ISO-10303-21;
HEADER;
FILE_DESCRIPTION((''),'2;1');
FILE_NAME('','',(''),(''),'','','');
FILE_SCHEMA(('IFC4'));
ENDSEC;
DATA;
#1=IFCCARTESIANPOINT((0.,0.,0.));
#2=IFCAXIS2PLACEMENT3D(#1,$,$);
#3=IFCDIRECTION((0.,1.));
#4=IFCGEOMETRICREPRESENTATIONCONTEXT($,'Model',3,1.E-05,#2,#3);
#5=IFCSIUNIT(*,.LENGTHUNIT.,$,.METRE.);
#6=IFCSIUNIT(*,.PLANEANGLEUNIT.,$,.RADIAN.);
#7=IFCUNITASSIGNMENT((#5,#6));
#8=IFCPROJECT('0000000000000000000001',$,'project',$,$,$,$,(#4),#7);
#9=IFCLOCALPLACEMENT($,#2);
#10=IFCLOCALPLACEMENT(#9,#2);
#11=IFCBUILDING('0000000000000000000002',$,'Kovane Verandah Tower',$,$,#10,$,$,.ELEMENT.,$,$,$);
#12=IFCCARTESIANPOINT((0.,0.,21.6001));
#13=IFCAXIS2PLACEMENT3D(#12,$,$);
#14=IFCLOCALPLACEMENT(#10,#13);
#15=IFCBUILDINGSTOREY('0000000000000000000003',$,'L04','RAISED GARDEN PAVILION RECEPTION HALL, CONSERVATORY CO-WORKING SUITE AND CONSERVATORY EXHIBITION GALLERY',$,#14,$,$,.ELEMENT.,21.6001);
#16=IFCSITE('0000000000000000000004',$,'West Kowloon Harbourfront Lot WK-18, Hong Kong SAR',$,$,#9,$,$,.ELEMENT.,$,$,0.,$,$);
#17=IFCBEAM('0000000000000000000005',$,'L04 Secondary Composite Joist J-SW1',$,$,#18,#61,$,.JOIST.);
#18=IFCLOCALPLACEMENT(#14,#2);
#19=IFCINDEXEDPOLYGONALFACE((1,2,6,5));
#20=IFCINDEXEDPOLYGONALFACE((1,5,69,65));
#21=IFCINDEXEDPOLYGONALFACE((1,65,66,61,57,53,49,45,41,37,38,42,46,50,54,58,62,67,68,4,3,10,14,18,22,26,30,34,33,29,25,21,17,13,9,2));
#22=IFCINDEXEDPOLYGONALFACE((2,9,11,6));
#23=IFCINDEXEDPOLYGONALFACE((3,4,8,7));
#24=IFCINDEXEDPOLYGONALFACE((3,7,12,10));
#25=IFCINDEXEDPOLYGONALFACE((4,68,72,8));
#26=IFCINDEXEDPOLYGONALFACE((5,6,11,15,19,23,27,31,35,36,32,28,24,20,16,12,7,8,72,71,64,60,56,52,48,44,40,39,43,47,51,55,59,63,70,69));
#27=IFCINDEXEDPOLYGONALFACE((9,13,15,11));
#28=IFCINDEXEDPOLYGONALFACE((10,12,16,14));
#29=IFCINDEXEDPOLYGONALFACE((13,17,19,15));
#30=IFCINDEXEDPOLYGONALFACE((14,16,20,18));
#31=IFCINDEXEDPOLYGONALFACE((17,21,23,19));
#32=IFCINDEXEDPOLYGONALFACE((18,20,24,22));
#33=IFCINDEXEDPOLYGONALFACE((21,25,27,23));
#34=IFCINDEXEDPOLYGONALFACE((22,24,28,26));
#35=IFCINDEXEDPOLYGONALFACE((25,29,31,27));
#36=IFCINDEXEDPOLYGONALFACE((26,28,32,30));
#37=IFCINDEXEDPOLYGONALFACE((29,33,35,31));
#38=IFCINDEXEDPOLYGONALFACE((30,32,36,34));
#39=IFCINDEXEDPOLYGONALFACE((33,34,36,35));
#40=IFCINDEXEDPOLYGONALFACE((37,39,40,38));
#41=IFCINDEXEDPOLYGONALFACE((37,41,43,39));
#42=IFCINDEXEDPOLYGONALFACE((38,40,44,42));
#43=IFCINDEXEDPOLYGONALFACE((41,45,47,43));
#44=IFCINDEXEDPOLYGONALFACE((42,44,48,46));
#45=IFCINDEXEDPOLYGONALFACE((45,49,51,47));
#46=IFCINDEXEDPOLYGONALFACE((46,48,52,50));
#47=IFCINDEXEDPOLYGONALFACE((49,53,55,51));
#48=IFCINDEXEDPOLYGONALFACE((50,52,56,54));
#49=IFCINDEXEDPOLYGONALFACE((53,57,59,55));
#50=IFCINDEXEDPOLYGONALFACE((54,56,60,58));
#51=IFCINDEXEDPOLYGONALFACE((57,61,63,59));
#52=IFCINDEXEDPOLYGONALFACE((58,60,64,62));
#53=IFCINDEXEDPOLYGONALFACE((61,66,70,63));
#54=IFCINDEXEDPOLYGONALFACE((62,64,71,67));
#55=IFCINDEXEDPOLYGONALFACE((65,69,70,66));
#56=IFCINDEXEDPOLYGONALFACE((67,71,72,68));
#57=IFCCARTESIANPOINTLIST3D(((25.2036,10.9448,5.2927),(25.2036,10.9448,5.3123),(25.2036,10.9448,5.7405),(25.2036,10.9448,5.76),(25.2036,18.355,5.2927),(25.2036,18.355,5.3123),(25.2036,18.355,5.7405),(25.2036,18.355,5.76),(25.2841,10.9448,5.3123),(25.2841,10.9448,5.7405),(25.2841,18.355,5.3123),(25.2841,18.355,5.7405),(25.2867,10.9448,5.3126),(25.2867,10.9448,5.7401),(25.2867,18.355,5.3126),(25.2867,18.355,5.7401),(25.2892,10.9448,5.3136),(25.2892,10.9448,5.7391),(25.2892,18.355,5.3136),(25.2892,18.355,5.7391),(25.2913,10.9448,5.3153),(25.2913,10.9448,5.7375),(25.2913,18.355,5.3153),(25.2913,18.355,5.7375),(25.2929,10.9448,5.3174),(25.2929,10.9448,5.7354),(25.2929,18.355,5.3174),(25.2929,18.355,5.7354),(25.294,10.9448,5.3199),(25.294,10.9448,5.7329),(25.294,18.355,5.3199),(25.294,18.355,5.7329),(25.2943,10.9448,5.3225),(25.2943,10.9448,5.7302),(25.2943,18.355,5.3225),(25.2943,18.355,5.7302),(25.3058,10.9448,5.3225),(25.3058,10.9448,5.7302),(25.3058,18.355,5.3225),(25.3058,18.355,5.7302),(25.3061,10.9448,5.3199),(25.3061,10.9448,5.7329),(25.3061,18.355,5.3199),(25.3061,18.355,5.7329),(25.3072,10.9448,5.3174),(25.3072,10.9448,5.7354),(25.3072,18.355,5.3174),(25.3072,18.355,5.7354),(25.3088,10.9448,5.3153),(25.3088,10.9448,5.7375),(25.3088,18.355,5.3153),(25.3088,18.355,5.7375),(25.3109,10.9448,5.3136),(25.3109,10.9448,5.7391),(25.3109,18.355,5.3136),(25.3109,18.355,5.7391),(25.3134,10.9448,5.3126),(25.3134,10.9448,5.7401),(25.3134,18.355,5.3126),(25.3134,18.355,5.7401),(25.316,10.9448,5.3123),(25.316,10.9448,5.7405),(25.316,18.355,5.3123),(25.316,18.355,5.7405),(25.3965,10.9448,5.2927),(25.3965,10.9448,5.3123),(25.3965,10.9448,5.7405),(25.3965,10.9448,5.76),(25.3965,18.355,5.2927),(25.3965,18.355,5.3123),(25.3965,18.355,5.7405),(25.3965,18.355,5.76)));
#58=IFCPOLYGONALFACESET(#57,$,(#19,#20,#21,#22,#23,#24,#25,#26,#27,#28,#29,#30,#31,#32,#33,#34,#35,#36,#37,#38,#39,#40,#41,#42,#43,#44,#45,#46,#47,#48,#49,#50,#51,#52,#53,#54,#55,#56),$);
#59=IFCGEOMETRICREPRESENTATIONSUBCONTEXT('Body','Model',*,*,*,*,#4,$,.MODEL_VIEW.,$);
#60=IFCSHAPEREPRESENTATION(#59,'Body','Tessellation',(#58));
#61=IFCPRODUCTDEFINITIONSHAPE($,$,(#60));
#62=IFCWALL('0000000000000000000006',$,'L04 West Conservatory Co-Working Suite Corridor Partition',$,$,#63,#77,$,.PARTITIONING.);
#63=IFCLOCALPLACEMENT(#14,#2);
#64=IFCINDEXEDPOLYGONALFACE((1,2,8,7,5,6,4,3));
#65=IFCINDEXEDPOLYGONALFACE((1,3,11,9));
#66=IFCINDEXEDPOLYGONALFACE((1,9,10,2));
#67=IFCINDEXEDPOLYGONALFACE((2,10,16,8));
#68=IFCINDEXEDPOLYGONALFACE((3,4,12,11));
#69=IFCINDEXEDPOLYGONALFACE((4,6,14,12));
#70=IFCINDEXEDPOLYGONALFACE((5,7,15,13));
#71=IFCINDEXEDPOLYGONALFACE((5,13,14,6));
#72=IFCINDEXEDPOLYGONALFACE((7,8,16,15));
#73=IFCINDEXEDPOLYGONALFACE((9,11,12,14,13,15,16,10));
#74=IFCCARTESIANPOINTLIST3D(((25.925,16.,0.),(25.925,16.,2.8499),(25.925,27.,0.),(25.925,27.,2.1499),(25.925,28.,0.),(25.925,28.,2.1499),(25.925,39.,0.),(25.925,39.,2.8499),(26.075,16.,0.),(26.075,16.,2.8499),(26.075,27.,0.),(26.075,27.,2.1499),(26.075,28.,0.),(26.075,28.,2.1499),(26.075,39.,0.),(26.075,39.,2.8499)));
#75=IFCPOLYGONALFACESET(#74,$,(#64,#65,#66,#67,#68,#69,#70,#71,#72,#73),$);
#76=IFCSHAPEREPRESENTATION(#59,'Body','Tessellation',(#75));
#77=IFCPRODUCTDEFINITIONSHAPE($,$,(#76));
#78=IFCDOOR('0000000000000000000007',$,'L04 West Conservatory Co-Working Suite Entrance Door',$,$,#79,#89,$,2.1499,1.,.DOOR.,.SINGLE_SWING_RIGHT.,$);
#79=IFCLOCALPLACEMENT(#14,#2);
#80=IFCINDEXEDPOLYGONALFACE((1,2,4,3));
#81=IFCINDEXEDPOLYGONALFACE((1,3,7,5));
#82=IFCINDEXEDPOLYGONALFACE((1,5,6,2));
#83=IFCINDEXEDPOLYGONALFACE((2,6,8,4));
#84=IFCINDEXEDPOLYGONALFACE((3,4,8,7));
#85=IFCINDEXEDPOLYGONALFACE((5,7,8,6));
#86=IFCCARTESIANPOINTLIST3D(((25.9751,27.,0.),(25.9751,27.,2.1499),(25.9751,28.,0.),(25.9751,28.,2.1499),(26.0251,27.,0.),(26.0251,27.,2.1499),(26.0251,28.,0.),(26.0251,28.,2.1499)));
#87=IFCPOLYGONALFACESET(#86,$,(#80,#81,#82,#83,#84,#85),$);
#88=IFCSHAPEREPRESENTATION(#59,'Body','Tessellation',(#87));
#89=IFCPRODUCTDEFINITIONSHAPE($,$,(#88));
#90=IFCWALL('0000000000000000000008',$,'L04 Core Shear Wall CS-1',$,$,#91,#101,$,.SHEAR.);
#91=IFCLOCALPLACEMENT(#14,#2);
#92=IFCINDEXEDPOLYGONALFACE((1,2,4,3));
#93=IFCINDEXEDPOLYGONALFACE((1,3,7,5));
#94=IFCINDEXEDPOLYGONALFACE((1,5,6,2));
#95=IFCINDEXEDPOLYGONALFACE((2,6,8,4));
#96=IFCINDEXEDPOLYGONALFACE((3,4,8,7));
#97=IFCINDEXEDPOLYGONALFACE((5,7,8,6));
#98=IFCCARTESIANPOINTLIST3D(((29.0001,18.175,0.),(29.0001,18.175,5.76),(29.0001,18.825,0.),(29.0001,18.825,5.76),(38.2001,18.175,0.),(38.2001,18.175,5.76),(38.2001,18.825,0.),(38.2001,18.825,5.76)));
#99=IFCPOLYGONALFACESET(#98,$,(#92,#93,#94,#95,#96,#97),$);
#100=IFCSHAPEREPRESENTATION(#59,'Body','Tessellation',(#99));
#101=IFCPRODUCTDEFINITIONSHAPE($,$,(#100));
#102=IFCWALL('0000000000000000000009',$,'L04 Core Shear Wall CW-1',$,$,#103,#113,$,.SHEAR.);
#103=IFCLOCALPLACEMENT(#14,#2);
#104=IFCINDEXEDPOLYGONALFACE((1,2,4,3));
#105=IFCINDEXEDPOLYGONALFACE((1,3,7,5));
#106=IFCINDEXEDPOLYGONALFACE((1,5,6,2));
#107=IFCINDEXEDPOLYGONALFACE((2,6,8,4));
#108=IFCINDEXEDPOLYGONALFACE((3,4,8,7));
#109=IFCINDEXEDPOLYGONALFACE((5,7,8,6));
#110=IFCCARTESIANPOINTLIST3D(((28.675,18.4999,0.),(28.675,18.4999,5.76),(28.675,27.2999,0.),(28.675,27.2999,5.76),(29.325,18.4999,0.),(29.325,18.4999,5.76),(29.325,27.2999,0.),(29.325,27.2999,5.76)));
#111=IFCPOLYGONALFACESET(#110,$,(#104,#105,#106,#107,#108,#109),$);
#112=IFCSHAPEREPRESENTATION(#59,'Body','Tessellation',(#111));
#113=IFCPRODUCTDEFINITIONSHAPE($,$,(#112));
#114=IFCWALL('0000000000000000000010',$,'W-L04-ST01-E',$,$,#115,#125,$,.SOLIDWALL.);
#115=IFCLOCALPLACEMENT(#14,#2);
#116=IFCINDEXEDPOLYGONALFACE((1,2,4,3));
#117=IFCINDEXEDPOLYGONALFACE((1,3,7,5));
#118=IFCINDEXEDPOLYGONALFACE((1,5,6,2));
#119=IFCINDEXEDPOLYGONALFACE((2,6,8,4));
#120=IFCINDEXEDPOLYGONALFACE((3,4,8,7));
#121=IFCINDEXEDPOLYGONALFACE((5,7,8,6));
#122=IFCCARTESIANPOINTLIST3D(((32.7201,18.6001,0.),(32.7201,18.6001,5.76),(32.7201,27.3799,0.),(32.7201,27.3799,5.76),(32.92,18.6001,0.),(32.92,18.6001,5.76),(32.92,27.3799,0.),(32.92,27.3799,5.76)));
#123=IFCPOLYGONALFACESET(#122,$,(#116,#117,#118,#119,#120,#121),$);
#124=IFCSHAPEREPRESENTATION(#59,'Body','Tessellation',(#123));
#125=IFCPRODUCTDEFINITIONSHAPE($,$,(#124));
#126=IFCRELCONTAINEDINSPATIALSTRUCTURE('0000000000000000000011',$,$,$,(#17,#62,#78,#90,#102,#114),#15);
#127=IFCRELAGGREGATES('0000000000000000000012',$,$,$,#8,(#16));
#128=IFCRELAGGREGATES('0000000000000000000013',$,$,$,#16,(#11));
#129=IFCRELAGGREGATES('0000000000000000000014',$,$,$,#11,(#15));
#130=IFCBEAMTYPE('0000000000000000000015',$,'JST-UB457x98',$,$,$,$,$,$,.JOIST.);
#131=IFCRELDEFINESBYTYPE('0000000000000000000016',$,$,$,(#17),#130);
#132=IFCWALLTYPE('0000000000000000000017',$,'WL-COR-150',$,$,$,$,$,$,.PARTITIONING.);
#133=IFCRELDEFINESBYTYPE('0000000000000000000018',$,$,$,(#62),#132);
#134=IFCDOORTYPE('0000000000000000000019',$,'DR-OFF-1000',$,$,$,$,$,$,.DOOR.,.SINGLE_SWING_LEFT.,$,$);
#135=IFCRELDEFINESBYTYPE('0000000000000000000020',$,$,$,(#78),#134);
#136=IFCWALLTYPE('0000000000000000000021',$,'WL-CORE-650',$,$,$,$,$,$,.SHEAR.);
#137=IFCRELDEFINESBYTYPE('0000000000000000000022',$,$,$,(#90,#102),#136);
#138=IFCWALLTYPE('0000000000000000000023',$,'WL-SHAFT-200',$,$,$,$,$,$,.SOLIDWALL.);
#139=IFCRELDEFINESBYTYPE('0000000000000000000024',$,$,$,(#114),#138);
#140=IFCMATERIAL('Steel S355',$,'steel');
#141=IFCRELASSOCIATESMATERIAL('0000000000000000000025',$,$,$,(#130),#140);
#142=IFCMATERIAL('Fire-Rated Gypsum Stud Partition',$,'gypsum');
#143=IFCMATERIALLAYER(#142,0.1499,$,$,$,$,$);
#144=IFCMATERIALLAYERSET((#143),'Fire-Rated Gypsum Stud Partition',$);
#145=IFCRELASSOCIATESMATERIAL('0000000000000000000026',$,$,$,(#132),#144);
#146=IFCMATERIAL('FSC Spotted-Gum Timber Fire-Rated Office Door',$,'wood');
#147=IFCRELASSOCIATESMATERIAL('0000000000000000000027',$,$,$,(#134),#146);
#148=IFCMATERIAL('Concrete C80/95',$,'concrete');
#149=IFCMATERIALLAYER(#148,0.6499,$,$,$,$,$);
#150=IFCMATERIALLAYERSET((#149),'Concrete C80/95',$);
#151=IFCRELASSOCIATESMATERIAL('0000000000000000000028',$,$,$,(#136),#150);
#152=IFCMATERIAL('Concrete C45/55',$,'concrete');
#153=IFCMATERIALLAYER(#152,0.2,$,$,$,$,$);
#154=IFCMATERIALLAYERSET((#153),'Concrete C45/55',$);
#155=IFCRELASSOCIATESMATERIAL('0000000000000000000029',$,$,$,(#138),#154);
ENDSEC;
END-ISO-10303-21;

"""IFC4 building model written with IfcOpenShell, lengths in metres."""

from ifc_helpers import new_model, si_unit, direction, frame, frame_2d, origin, origin_2d, place, context, subcontext, project, spatial, rectangle, i_section, extrude, material, layer, layer_set, material_profile, profile_set, type_object, element, fill, save


model = new_model("IFC4")

# Units and contexts
model_context = context("Model", 3, precision=1e-05, world=origin(), true_north=direction((0.0, 1.0)))
body_context = subcontext(model_context, "Body", "Model", "MODEL_VIEW")
ifc_project = project(units=[si_unit("LENGTHUNIT", "METRE"), si_unit("PLANEANGLEUNIT", "RADIAN")], contexts=[model_context])

# Site, building, storey
site_placement = place(None, origin())
site = spatial("IfcSite", under=ifc_project, at=site_placement, Name="West Kowloon Harbourfront Lot WK-18, Hong Kong SAR", CompositionType="ELEMENT", RefElevation=0.0)
building_placement = place(site_placement, origin())
building = spatial("IfcBuilding", under=site, at=building_placement, Name="Kovane Verandah Tower", CompositionType="ELEMENT")
storey_placement = place(building_placement, frame((0.0, 0.0, 21.6001)))
storey = spatial("IfcBuildingStorey", under=building, at=storey_placement, Name="L04", Description="RAISED GARDEN PAVILION RECEPTION HALL, CONSERVATORY CO-WORKING SUITE AND CONSERVATORY EXHIBITION GALLERY", CompositionType="ELEMENT", Elevation=21.6001)

# Shared definitions
ifc_material_1 = material(Name="Concrete C80/95", Category="concrete")

# Beam
ifc_material_2 = material(Name="Steel S355", Category="steel")
ifc_material_profile_1 = material_profile(ifc_material_2, i_section(OverallWidth=0.1929, OverallDepth=0.4673, WebThickness=0.0115, FlangeThickness=0.0195, FilletRadius=0.0103, at=origin_2d()), Name="UB457x191x98")
ifc_profile_set_1 = profile_set([ifc_material_profile_1], Name="Steel S355")
beam_type_1 = type_object("IfcBeamType", Name="JST-UB457x98", PredefinedType="JOIST", material=ifc_profile_set_1)
beam_1_placement = place(storey_placement, frame((25.3, 10.9448, 5.5264), z_axis=(0.0, 1.0, 0.0), x_axis=(-1.0, 0.0, 0.0)))
element("IfcBeam", 1, at=beam_1_placement, inside=storey, type_object=beam_type_1, Name="L04 Secondary Composite Joist J-SW1", PredefinedType="JOIST", context=body_context, shape_type="SweptSolid", body=[
    extrude(i_section(OverallWidth=0.1929, OverallDepth=0.4673, WebThickness=0.0115, FlangeThickness=0.0195, FilletRadius=0.0103, at=origin_2d()), origin(), (0.0, 0.0, 1.0), 7.4102),
])

# Wall, opening, door
ifc_material_3 = material(Name="Fire-Rated Gypsum Stud Partition", Category="gypsum")
ifc_layer_1 = layer(ifc_material_3, 0.1499)
ifc_layer_set_1 = layer_set([ifc_layer_1], Name="Fire-Rated Gypsum Stud Partition")
wall_type_1 = type_object("IfcWallType", Name="WL-COR-150", PredefinedType="PARTITIONING", material=ifc_layer_set_1)
wall_1_placement = place(storey_placement, frame((26.0, 16.0, 0.0), z_axis=(0.0, 0.0, 1.0), x_axis=(0.0, 1.0, 0.0)))
wall_1 = element("IfcWall", 2, at=wall_1_placement, inside=storey, type_object=wall_type_1, Name="L04 West Conservatory Co-Working Suite Corridor Partition", PredefinedType="PARTITIONING", context=body_context, shape_type="SweptSolid", body=[
    extrude(rectangle(XDim=23.0, YDim=0.1499, at=frame_2d((11.5, 0.0))), origin(), (0.0, 0.0, 1.0), 2.8499),
])
opening_placement = place(wall_1_placement, frame((11.0, 0.0, 0.0)))
opening = element("IfcOpeningElement", 3, at=opening_placement, cuts=wall_1, PredefinedType="OPENING", context=body_context, shape_type="SweptSolid", body=[
    extrude(rectangle(XDim=1.0, YDim=2.1499, at=frame_2d((0.5, 1.075))), frame((0.0, 0.075, 0.0), z_axis=(0.0, -1.0, 0.0), x_axis=(1.0, 0.0, 0.0)), (0.0, 0.0, 1.0), 0.1499),
])
ifc_material_4 = material(Name="FSC Spotted-Gum Timber Fire-Rated Office Door", Category="wood")
door_type = type_object("IfcDoorType", Name="DR-OFF-1000", OperationType="SINGLE_SWING_LEFT", PredefinedType="DOOR", material=ifc_material_4)
door_placement = place(opening_placement, origin())
door = element("IfcDoor", 4, at=door_placement, inside=storey, type_object=door_type, Name="L04 West Conservatory Co-Working Suite Entrance Door", OperationType="SINGLE_SWING_RIGHT", OverallHeight=2.1499, OverallWidth=1.0, PredefinedType="DOOR", context=body_context, shape_type="SweptSolid", body=[
    extrude(rectangle(XDim=1.0, YDim=2.1499, at=frame_2d((0.5, 1.075))), frame((0.0, 0.0249, 0.0), z_axis=(0.0, -1.0, 0.0), x_axis=(1.0, 0.0, 0.0)), (0.0, 0.0, 1.0), 0.05),
])
fill(opening, door)

# Walls
ifc_layer_2 = layer(ifc_material_1, 0.6499)
ifc_layer_set_2 = layer_set([ifc_layer_2], Name="Concrete C80/95")
wall_type_2 = type_object("IfcWallType", Name="WL-CORE-650", PredefinedType="SHEAR", material=ifc_layer_set_2)
wall_2_placement = place(storey_placement, frame((29.0, 18.5, 0.0), z_axis=(0.0, 0.0, 1.0), x_axis=(1.0, 0.0, 0.0)))
element("IfcWall", 5, at=wall_2_placement, inside=storey, type_object=wall_type_2, Name="L04 Core Shear Wall CS-1", PredefinedType="SHEAR", context=body_context, shape_type="SweptSolid", body=[
    extrude(rectangle(XDim=9.2, YDim=0.6499, at=frame_2d((4.6001, 0.0))), origin(), (0.0, 0.0, 1.0), 5.76),
])
wall_3_placement = place(storey_placement, frame((29.0, 18.5, 0.0), z_axis=(0.0, 0.0, 1.0), x_axis=(0.0, 1.0, 0.0)))
element("IfcWall", 6, at=wall_3_placement, inside=storey, type_object=wall_type_2, Name="L04 Core Shear Wall CW-1", PredefinedType="SHEAR", context=body_context, shape_type="SweptSolid", body=[
    extrude(rectangle(XDim=8.8, YDim=0.6499, at=frame_2d((4.3999, 0.0))), origin(), (0.0, 0.0, 1.0), 5.76),
])
ifc_material_5 = material(Name="Concrete C45/55", Category="concrete")
ifc_layer_3 = layer(ifc_material_5, 0.2)
ifc_layer_set_3 = layer_set([ifc_layer_3], Name="Concrete C45/55")
wall_type_3 = type_object("IfcWallType", Name="WL-SHAFT-200", PredefinedType="SOLIDWALL", material=ifc_layer_set_3)
wall_4_placement = place(storey_placement, frame((32.8201, 18.6001, 0.0), z_axis=(0.0, 0.0, 1.0), x_axis=(0.0, 1.0, 0.0)))
element("IfcWall", 7, at=wall_4_placement, inside=storey, type_object=wall_type_3, Name="W-L04-ST01-E", PredefinedType="SOLIDWALL", context=body_context, shape_type="SweptSolid", body=[
    extrude(rectangle(XDim=8.7798, YDim=0.2, at=frame_2d((4.3899, 0.0))), origin(), (0.0, 0.0, 1.0), 5.76),
])

save(model, "model.ifc")
